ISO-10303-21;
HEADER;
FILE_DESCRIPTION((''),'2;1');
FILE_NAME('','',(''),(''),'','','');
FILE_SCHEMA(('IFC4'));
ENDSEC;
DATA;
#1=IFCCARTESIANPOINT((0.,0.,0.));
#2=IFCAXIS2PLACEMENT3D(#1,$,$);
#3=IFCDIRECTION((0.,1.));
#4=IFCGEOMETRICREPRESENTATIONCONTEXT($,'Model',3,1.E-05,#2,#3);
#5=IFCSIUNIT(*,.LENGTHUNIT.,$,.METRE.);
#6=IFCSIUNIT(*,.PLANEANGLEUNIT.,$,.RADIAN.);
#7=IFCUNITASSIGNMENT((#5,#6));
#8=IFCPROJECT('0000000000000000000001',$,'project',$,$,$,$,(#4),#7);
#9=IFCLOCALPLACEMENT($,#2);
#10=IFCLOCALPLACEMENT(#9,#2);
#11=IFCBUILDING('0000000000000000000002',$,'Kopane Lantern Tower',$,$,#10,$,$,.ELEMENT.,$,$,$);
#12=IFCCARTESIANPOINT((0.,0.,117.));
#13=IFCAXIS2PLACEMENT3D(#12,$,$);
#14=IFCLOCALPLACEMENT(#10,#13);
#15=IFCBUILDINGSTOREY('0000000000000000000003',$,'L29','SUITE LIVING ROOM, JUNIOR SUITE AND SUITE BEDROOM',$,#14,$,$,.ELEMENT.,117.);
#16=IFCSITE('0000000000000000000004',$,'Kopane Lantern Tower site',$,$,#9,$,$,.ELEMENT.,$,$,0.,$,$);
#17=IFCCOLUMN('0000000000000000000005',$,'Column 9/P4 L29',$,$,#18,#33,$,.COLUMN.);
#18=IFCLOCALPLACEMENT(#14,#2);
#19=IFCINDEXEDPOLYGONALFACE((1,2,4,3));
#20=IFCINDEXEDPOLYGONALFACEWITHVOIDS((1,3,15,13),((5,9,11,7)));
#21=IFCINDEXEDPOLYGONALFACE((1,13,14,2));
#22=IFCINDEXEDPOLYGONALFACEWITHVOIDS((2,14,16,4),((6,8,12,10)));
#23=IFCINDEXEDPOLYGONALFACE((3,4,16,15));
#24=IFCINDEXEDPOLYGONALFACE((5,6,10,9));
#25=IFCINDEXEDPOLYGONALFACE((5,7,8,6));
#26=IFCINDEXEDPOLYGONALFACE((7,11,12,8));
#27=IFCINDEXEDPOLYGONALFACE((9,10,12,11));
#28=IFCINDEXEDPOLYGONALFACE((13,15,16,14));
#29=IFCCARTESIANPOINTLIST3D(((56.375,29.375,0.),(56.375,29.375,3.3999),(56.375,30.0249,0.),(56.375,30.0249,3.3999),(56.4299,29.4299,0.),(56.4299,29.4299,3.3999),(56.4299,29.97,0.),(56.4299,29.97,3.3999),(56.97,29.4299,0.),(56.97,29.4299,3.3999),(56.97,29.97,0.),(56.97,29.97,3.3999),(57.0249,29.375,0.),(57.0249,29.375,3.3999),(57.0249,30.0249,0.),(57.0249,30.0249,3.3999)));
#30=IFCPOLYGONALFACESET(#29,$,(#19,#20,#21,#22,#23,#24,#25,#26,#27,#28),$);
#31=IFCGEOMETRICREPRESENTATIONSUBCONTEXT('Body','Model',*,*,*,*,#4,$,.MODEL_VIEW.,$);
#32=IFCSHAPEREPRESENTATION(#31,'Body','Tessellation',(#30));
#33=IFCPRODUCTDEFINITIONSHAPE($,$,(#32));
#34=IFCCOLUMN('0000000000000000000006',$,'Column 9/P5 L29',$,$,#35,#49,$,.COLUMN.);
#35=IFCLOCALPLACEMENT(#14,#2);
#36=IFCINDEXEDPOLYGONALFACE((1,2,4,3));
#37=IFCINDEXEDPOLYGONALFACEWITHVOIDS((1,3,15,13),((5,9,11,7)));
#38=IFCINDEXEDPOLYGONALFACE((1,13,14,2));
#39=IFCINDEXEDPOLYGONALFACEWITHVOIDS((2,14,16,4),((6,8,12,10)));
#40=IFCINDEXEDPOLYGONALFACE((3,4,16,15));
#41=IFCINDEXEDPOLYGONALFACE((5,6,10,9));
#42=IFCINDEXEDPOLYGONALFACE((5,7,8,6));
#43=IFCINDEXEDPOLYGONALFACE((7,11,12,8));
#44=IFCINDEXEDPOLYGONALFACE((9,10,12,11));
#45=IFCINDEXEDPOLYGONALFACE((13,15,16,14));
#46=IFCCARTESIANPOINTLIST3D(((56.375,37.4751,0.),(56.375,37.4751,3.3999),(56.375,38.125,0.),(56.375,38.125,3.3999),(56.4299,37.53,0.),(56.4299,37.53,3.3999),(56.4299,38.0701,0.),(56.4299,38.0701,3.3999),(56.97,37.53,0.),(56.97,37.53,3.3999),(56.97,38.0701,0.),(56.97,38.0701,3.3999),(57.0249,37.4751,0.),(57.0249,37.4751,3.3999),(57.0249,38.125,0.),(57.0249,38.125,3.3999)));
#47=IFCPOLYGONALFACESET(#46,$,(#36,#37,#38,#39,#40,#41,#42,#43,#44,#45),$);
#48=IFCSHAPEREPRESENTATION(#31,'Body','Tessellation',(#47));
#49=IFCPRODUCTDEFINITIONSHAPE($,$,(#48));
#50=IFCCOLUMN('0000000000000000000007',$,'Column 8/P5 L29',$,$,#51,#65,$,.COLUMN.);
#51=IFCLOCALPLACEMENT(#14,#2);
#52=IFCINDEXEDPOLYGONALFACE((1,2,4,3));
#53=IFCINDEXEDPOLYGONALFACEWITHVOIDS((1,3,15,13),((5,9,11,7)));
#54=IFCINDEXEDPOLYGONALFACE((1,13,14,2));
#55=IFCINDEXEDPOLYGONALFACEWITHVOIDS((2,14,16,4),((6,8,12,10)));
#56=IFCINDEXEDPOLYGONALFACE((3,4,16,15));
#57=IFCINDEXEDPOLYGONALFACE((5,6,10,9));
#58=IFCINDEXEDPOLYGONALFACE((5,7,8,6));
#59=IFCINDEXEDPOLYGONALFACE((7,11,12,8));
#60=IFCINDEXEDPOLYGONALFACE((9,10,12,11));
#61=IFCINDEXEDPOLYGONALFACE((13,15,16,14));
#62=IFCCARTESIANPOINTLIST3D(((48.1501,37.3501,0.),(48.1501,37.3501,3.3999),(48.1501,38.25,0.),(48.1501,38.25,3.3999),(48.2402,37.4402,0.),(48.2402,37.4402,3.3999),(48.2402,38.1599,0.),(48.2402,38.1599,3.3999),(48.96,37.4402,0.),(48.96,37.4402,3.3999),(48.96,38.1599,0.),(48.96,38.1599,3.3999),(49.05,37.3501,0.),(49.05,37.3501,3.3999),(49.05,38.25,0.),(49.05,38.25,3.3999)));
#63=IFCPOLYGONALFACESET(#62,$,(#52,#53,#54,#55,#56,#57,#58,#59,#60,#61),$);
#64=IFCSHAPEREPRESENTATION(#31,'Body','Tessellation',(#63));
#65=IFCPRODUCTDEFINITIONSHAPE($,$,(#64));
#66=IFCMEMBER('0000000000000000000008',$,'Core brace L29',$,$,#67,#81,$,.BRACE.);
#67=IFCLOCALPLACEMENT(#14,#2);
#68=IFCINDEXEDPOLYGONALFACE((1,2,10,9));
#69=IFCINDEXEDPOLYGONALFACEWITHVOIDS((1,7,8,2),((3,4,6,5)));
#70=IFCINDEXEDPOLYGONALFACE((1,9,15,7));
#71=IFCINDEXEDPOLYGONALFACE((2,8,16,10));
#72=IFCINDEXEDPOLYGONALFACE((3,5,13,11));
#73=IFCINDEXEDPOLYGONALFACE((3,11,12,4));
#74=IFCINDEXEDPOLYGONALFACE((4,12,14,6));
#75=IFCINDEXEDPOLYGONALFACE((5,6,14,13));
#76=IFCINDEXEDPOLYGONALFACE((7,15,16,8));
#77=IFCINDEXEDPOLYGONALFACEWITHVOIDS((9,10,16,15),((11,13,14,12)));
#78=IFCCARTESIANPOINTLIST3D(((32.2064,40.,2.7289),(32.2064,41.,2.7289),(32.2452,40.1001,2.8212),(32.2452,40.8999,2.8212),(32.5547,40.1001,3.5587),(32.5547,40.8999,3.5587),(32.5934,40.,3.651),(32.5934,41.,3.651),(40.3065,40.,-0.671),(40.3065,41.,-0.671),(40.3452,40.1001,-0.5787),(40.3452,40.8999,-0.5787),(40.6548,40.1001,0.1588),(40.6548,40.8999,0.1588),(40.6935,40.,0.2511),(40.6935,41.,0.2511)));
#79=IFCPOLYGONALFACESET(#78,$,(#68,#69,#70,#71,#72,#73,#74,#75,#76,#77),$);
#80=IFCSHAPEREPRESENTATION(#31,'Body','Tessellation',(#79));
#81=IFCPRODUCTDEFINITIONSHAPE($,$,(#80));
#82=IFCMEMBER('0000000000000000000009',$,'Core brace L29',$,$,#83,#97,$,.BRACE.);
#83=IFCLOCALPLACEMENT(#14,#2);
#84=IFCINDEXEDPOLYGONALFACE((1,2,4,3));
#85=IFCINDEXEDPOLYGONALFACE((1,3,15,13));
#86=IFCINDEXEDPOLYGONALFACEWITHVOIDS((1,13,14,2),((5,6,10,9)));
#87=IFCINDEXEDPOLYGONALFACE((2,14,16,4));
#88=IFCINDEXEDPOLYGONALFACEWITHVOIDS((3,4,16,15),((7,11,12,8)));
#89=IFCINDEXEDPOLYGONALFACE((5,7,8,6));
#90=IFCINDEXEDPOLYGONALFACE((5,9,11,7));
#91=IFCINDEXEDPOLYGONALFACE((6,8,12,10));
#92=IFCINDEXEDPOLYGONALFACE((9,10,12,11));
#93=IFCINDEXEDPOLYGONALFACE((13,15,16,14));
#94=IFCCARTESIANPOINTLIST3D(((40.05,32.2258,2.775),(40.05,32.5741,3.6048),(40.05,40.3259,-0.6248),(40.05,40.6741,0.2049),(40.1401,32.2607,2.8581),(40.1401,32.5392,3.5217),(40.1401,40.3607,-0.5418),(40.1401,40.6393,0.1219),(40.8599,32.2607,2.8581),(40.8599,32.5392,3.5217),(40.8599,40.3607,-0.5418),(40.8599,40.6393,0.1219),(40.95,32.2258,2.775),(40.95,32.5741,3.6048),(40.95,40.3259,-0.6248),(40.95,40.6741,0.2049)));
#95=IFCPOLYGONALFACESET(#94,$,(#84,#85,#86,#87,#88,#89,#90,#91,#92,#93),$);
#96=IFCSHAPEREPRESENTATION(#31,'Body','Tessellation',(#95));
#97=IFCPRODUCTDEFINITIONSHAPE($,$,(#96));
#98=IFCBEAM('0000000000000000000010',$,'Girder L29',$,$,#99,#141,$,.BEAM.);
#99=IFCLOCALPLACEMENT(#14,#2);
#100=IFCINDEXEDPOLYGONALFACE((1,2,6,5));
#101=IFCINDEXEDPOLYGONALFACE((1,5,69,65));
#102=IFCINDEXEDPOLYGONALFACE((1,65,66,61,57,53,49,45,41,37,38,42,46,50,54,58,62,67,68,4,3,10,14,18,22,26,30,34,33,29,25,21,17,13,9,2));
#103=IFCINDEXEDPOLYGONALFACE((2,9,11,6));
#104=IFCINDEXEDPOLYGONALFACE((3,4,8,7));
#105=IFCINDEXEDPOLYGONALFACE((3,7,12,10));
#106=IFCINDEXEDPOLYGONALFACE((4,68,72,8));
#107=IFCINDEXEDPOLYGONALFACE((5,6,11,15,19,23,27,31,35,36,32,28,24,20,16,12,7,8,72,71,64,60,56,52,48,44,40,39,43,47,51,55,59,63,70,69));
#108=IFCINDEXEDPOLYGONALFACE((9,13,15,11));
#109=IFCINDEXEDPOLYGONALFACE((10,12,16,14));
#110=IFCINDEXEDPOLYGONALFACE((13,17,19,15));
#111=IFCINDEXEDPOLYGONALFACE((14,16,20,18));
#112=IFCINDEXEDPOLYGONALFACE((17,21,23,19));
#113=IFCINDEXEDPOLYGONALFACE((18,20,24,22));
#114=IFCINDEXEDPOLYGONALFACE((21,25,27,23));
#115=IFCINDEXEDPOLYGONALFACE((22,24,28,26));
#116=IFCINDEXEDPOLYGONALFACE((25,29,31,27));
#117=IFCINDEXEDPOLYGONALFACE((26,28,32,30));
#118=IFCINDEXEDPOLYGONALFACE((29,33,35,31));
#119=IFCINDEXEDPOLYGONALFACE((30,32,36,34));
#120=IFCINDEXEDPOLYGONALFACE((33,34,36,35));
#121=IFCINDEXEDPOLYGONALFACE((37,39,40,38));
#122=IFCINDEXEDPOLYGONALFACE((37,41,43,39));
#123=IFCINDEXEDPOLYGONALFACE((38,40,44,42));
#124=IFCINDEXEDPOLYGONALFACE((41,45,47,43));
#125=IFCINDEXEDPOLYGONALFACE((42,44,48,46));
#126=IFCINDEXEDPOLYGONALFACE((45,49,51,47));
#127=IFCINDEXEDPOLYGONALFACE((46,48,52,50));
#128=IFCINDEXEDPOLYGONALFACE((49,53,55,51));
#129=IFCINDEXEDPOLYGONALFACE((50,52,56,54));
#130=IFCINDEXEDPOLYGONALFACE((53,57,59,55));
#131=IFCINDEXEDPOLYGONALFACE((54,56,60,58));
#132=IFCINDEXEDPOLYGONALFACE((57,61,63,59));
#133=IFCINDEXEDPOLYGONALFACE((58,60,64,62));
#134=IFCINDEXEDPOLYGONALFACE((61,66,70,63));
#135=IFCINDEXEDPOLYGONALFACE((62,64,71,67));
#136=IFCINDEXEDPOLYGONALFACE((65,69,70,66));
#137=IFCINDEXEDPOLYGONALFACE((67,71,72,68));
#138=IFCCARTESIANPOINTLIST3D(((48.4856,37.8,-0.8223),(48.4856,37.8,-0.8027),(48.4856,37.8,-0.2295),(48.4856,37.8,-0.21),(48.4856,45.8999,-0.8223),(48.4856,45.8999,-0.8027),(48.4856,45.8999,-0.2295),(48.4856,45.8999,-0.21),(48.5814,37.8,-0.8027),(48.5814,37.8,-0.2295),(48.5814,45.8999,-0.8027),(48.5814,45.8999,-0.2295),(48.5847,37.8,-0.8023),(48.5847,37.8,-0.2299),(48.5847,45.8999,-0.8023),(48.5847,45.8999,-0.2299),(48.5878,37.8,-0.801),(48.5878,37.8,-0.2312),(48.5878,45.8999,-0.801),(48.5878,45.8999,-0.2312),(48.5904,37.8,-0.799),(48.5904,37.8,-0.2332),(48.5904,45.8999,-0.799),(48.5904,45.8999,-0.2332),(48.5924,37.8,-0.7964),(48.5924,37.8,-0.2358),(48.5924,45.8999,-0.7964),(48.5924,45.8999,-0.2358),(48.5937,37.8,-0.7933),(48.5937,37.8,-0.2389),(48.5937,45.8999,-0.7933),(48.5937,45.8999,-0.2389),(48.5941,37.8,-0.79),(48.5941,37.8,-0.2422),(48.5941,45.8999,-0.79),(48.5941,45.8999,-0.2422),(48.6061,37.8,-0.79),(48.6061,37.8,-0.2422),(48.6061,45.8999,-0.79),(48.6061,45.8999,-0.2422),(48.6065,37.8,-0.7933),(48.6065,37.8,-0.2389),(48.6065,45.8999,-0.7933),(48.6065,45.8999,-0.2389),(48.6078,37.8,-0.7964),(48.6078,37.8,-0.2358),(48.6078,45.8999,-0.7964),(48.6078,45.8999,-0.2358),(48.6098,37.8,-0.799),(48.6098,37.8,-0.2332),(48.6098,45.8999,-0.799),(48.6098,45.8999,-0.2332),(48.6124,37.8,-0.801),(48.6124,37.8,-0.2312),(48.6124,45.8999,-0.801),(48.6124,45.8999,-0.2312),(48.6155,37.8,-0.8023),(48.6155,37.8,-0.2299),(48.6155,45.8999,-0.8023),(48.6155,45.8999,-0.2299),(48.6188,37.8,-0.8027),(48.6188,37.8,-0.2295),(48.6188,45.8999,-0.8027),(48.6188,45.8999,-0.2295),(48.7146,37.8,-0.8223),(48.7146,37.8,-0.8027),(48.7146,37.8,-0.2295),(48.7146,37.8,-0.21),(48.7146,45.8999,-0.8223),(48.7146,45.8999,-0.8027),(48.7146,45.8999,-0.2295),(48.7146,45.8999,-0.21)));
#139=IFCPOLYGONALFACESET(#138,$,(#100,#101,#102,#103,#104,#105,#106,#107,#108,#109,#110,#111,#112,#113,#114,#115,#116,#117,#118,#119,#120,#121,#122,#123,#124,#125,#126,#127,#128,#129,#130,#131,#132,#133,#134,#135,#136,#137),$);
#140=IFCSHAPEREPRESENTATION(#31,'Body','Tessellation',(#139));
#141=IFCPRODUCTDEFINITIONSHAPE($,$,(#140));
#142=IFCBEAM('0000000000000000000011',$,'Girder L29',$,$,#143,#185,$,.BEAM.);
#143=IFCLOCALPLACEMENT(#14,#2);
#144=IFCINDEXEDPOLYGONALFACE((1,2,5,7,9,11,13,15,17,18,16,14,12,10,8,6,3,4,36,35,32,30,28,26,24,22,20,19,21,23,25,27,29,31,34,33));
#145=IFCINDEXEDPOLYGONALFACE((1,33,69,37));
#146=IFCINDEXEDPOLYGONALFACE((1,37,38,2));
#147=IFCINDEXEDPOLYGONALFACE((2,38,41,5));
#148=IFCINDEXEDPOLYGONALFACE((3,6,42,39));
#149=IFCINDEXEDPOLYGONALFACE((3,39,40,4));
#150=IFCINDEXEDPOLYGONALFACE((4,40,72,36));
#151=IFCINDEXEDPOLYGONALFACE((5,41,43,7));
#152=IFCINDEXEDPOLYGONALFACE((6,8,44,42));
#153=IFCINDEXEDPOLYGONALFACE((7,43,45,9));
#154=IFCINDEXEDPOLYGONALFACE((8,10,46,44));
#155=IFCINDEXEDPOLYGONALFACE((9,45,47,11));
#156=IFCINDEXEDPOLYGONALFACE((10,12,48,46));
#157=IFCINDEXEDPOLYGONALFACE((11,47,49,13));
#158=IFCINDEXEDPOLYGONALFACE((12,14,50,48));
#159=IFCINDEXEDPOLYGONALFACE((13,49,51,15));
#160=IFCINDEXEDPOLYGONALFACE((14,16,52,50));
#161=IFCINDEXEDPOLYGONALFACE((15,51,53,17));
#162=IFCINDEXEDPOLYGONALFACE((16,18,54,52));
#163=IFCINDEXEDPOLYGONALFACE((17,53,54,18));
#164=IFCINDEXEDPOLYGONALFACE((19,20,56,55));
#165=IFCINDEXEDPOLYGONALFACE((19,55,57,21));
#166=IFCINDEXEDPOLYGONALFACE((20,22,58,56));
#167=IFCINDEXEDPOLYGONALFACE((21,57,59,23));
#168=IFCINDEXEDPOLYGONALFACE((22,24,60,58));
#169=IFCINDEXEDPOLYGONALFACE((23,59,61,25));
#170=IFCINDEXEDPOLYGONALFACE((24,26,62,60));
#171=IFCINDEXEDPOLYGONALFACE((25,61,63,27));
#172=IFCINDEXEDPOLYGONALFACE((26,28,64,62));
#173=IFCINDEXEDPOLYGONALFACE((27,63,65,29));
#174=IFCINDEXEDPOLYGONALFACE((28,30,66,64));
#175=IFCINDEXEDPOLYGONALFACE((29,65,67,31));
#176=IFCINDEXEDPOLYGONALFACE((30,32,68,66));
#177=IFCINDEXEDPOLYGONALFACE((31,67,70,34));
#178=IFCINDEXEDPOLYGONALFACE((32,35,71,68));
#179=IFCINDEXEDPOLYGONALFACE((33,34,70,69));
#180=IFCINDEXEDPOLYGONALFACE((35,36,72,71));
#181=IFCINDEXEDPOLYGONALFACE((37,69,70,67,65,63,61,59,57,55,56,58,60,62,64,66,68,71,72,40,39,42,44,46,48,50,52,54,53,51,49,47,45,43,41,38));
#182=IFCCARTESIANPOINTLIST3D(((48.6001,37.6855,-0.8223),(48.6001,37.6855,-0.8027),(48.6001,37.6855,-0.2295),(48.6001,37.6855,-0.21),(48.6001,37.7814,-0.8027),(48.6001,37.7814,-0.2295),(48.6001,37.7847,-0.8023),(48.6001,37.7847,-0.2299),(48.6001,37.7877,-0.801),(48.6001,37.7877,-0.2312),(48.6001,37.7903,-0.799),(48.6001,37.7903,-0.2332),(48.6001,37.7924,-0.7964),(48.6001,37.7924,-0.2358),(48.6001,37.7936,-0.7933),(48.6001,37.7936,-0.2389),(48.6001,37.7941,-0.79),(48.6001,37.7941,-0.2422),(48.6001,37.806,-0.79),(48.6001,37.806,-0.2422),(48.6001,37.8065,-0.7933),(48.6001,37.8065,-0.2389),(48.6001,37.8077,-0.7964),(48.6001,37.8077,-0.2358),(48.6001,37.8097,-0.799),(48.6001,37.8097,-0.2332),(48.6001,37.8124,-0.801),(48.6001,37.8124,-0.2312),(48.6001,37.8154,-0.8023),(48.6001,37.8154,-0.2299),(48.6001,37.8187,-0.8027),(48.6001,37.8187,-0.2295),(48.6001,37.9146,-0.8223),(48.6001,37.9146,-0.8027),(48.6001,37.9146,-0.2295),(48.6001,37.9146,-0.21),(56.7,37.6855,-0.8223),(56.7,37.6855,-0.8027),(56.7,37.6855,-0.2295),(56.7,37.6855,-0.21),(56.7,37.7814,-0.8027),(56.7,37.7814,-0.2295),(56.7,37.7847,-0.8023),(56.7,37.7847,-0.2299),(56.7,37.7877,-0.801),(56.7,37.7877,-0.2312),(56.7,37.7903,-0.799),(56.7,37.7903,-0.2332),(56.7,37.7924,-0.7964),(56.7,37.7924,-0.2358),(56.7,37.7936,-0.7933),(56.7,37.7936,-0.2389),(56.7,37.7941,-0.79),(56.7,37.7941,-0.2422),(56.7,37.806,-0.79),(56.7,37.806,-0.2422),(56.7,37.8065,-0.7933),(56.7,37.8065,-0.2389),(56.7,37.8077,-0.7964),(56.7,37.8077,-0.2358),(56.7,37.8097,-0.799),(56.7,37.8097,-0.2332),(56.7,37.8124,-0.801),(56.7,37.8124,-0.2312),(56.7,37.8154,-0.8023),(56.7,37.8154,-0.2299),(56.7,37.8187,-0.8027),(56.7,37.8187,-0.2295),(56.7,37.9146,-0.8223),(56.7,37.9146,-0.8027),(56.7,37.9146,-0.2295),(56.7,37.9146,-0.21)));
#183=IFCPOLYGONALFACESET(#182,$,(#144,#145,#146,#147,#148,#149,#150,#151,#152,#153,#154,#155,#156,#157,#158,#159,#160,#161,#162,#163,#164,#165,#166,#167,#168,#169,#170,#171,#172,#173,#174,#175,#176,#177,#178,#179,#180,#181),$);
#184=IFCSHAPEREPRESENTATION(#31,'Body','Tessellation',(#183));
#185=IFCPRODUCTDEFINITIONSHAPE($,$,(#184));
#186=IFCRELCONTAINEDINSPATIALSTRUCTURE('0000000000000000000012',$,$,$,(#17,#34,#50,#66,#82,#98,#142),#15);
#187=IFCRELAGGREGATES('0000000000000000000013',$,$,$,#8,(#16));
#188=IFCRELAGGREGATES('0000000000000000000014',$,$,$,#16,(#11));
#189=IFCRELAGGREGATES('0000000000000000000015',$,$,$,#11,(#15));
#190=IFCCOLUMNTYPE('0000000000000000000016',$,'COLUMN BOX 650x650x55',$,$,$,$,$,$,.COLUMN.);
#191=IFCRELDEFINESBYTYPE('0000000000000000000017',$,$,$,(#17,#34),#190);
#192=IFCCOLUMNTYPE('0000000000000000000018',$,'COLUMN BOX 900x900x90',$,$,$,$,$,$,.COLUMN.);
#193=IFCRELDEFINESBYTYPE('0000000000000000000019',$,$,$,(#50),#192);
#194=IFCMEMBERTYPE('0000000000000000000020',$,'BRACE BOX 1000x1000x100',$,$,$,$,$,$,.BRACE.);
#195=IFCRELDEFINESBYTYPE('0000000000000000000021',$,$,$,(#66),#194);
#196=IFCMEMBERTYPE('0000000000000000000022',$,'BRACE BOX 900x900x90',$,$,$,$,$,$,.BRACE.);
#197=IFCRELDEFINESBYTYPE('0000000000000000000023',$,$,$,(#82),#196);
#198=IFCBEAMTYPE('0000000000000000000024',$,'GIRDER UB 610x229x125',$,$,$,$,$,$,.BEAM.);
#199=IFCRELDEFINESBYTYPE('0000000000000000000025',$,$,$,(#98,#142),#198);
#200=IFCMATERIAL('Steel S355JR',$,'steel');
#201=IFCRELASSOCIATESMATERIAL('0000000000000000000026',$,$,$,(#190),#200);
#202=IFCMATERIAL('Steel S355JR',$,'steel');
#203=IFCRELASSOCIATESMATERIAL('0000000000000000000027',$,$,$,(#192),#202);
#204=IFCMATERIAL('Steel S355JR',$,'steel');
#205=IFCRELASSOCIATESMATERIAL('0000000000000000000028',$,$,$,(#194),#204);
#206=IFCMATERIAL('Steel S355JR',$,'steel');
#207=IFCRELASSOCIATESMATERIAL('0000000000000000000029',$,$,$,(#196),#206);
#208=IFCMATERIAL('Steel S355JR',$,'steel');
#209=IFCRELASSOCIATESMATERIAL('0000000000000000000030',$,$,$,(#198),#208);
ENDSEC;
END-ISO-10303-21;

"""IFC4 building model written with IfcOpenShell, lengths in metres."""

from ifc_helpers import new_model, si_unit, direction, frame, origin, origin_2d, place, context, subcontext, project, spatial, hollow_rectangle, i_section, extrude, material, material_profile, profile_set, type_object, element, save


model = new_model("IFC4")

# Units and contexts
model_context = context("Model", 3, precision=1e-05, world=origin(), true_north=direction((0.0, 1.0)))
body_context = subcontext(model_context, "Body", "Model", "MODEL_VIEW")
ifc_project = project(units=[si_unit("LENGTHUNIT", "METRE"), si_unit("PLANEANGLEUNIT", "RADIAN")], contexts=[model_context])

# Site, building, storey
site_placement = place(None, origin())
site = spatial("IfcSite", under=ifc_project, at=site_placement, Name="Kopane Lantern Tower site", CompositionType="ELEMENT", RefElevation=0.0)
building_placement = place(site_placement, origin())
building = spatial("IfcBuilding", under=site, at=building_placement, Name="Kopane Lantern Tower", CompositionType="ELEMENT")
storey_placement = place(building_placement, frame((0.0, 0.0, 117.0)))
storey = spatial("IfcBuildingStorey", under=building, at=storey_placement, Name="L29", Description="SUITE LIVING ROOM, JUNIOR SUITE AND SUITE BEDROOM", CompositionType="ELEMENT", Elevation=117.0)

# Columns
ifc_material_1 = material(Name="Steel S355JR", Category="steel")
ifc_material_profile_1 = material_profile(ifc_material_1, hollow_rectangle(XDim=0.6499, YDim=0.6499, WallThickness=0.0549, at=origin_2d()), Name="BOX 650x650x55")
ifc_profile_set_1 = profile_set([ifc_material_profile_1], Name="Steel S355JR")
column_type_1 = type_object("IfcColumnType", Name="COLUMN BOX 650x650x55", PredefinedType="COLUMN", material=ifc_profile_set_1)
for number, where, z_axis, x_axis, name in (
    (1, (56.7, 29.7, 0.0), (0.0, 0.0, 1.0), (1.0, 0.0, 0.0), "Column 9/P4 L29"),
    (2, (56.7, 37.8, 0.0), (0.0, 0.0, 1.0), (1.0, 0.0, 0.0), "Column 9/P5 L29"),
):
    element("IfcColumn", number, at=place(storey_placement, frame(where, z_axis=z_axis, x_axis=x_axis)), inside=storey, type_object=column_type_1, Name=name, PredefinedType="COLUMN", context=body_context, shape_type="SweptSolid", body=[
        extrude(hollow_rectangle(XDim=0.6499, YDim=0.6499, WallThickness=0.0549, at=origin_2d()), origin(), (0.0, 0.0, 1.0), 3.3999),
    ])
ifc_material_2 = material(Name="Steel S355JR", Category="steel")
ifc_material_profile_2 = material_profile(ifc_material_2, hollow_rectangle(XDim=0.8999, YDim=0.8999, WallThickness=0.0901, at=origin_2d()), Name="BOX 900x900x90")
ifc_profile_set_2 = profile_set([ifc_material_profile_2], Name="Steel S355JR")
column_type_2 = type_object("IfcColumnType", Name="COLUMN BOX 900x900x90", PredefinedType="COLUMN", material=ifc_profile_set_2)
column_placement = place(storey_placement, frame((48.6001, 37.8, 0.0), z_axis=(0.0, 0.0, 1.0), x_axis=(1.0, 0.0, 0.0)))
element("IfcColumn", 3, at=column_placement, inside=storey, type_object=column_type_2, Name="Column 8/P5 L29", PredefinedType="COLUMN", context=body_context, shape_type="SweptSolid", body=[
    extrude(hollow_rectangle(XDim=0.8999, YDim=0.8999, WallThickness=0.0901, at=origin_2d()), origin(), (0.0, 0.0, 1.0), 3.3999),
])

# Members
ifc_material_3 = material(Name="Steel S355JR", Category="steel")
ifc_material_profile_3 = material_profile(ifc_material_3, hollow_rectangle(XDim=1.0, YDim=1.0, WallThickness=0.1001, at=origin_2d()), Name="BOX 1000x1000x100")
ifc_profile_set_3 = profile_set([ifc_material_profile_3], Name="Steel S355JR")
member_type_1 = type_object("IfcMemberType", Name="BRACE BOX 1000x1000x100", PredefinedType="BRACE", material=ifc_profile_set_3)
member_1_placement = place(storey_placement, frame((40.5, 40.5, -0.21), z_axis=(-0.922069, 0.0, 0.387026), x_axis=(0.0, -1.0, 0.0)))
element("IfcMember", 4, at=member_1_placement, inside=storey, type_object=member_type_1, Name="Core brace L29", PredefinedType="BRACE", context=body_context, shape_type="SweptSolid", body=[
    extrude(hollow_rectangle(XDim=1.0, YDim=1.0, WallThickness=0.1001, at=origin_2d()), origin(), (0.0, 0.0, 1.0), 8.7847),
])
ifc_material_4 = material(Name="Steel S355JR", Category="steel")
ifc_material_profile_4 = material_profile(ifc_material_4, hollow_rectangle(XDim=0.8999, YDim=0.8999, WallThickness=0.0901, at=origin_2d()), Name="BOX 900x900x90")
ifc_profile_set_4 = profile_set([ifc_material_profile_4], Name="Steel S355JR")
member_type_2 = type_object("IfcMemberType", Name="BRACE BOX 900x900x90", PredefinedType="BRACE", material=ifc_profile_set_4)
member_2_placement = place(storey_placement, frame((40.5, 40.5, -0.21), z_axis=(0.0, -0.922069, 0.387026), x_axis=(1.0, 0.0, 0.0)))
element("IfcMember", 5, at=member_2_placement, inside=storey, type_object=member_type_2, Name="Core brace L29", PredefinedType="BRACE", context=body_context, shape_type="SweptSolid", body=[
    extrude(hollow_rectangle(XDim=0.8999, YDim=0.8999, WallThickness=0.0901, at=origin_2d()), origin(), (0.0, 0.0, 1.0), 8.7847),
])

# Beams
ifc_material_5 = material(Name="Steel S355JR", Category="steel")
ifc_material_profile_5 = material_profile(ifc_material_5, i_section(OverallWidth=0.229, OverallDepth=0.6123, WebThickness=0.012, FlangeThickness=0.0195, FilletRadius=0.0127, at=origin_2d()), Name="UB 610x229x125")
ifc_profile_set_5 = profile_set([ifc_material_profile_5], Name="Steel S355JR")
beam_type = type_object("IfcBeamType", Name="GIRDER UB 610x229x125", PredefinedType="BEAM", material=ifc_profile_set_5)
for number, where, z_axis, x_axis, name in (
    (6, (48.6001, 37.8, -0.5161), (0.0, 1.0, 0.0), (-1.0, 0.0, 0.0), "Girder L29"),
    (7, (48.6001, 37.8, -0.5161), (1.0, 0.0, 0.0), (0.0, 1.0, 0.0), "Girder L29"),
):
    element("IfcBeam", number, at=place(storey_placement, frame(where, z_axis=z_axis, x_axis=x_axis)), inside=storey, type_object=beam_type, Name=name, PredefinedType="BEAM", context=body_context, shape_type="SweptSolid", body=[
        extrude(i_section(OverallWidth=0.229, OverallDepth=0.6123, WebThickness=0.012, FlangeThickness=0.0195, FilletRadius=0.0127, at=origin_2d()), origin(), (0.0, 0.0, 1.0), 8.0999),
    ])

save(model, "model.ifc")
